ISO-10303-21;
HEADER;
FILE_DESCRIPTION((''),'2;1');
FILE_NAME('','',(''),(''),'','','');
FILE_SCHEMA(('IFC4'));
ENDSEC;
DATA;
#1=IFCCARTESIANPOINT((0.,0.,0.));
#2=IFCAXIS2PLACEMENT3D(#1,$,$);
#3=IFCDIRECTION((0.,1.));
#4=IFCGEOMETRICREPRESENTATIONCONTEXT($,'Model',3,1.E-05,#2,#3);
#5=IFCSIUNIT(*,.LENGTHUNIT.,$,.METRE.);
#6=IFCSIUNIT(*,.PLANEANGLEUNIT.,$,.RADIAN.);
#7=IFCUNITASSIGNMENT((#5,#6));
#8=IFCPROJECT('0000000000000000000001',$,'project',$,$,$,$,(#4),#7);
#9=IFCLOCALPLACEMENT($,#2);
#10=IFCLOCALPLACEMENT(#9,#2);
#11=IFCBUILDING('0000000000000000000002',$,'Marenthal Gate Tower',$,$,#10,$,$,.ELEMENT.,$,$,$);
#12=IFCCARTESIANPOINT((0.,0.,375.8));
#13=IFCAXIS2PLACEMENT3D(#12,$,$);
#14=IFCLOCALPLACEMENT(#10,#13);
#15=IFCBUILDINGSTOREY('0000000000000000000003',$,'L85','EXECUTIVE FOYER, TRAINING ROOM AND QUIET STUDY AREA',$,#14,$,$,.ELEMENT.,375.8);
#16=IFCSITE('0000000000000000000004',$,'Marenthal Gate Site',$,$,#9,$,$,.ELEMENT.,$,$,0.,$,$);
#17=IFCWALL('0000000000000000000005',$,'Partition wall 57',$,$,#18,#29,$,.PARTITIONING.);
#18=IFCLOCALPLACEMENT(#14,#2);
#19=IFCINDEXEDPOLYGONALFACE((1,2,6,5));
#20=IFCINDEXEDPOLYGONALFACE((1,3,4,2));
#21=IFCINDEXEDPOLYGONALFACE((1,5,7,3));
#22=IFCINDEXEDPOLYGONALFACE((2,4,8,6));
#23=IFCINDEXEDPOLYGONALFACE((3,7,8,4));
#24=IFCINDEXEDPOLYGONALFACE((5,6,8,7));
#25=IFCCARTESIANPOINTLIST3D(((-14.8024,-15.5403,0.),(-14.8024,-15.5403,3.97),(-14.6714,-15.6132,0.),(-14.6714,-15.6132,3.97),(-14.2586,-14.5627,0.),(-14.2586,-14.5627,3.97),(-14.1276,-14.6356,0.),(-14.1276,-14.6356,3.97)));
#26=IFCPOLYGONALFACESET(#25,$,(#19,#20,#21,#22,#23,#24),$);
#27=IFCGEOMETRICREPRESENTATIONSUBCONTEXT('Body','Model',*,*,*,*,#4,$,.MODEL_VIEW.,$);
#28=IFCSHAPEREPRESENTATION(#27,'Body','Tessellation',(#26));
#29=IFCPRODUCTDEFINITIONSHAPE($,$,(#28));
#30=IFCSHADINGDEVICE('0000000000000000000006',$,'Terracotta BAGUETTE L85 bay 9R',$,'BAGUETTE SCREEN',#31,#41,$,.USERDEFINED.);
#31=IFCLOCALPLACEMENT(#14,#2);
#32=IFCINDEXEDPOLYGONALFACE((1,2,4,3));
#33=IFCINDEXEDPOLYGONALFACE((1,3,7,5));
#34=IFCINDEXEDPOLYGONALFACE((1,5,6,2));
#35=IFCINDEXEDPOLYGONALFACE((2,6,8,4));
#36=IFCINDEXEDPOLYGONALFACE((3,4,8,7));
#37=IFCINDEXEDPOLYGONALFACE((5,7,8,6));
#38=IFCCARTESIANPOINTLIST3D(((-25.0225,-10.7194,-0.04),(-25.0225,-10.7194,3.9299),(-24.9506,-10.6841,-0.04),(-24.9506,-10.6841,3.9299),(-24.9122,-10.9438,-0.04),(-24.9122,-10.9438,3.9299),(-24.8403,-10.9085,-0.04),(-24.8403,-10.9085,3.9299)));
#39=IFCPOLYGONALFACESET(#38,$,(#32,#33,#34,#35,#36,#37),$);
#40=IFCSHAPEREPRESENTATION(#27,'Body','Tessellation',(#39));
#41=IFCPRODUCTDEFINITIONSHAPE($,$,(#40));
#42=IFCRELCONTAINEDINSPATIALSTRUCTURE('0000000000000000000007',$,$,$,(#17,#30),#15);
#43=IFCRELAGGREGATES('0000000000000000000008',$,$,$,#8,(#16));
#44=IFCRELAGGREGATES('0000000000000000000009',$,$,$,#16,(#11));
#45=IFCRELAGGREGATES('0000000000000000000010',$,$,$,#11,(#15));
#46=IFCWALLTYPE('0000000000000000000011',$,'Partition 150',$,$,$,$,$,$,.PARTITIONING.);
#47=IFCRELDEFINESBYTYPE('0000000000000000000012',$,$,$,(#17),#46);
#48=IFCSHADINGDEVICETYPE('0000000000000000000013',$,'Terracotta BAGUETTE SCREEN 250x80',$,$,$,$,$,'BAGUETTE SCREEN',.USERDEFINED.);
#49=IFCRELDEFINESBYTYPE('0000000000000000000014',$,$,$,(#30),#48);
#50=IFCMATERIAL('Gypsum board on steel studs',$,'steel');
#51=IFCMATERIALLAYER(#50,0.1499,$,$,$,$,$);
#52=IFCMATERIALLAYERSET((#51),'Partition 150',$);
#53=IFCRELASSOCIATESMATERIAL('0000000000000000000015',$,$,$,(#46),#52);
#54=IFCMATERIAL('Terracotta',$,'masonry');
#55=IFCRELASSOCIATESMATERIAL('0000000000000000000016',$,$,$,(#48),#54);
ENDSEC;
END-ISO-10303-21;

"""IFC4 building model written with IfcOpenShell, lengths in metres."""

from ifc_helpers import new_model, si_unit, direction, frame, frame_2d, origin, origin_2d, place, context, subcontext, project, spatial, rectangle, extrude, material, layer, layer_set, material_profile, profile_set, type_object, element, save


model = new_model("IFC4")

# Units and contexts
model_context = context("Model", 3, precision=1e-05, world=origin(), true_north=direction((0.0, 1.0)))
body_context = subcontext(model_context, "Body", "Model", "MODEL_VIEW")
ifc_project = project(units=[si_unit("LENGTHUNIT", "METRE"), si_unit("PLANEANGLEUNIT", "RADIAN")], contexts=[model_context])

# Site, building, storey
site_placement = place(None, origin())
site = spatial("IfcSite", under=ifc_project, at=site_placement, Name="Marenthal Gate Site", CompositionType="ELEMENT", RefElevation=0.0)
building_placement = place(site_placement, origin())
building = spatial("IfcBuilding", under=site, at=building_placement, Name="Marenthal Gate Tower", CompositionType="ELEMENT")
storey_placement = place(building_placement, frame((0.0, 0.0, 375.8)))
storey = spatial("IfcBuildingStorey", under=building, at=storey_placement, Name="L85", Description="EXECUTIVE FOYER, TRAINING ROOM AND QUIET STUDY AREA", CompositionType="ELEMENT", Elevation=375.8)

# Shared definitions
ifc_material_1 = material(Name="Gypsum board on steel studs", Category="steel")
ifc_layer_1 = layer(ifc_material_1, 0.1499)
ifc_layer_set_1 = layer_set([ifc_layer_1], Name="Partition 150")
wall_type_1 = type_object("IfcWallType", Name="Partition 150", PredefinedType="PARTITIONING", material=ifc_layer_set_1)

# Wall
wall_1_placement = place(storey_placement, frame((-14.1931, -14.5991, 0.0), z_axis=(0.0, 0.0, 1.0), x_axis=(-0.486069, -0.87392, 0.0)))
element("IfcWall", 1, at=wall_1_placement, inside=storey, type_object=wall_type_1, Name="Partition wall 57", PredefinedType="PARTITIONING", context=body_context, shape_type="SweptSolid", body=[
    extrude(rectangle(XDim=1.1187, YDim=0.1499, at=frame_2d((0.5593, 0.0))), origin(), (0.0, 0.0, 1.0), 3.97),
])

# Shading device
ifc_material_2 = material(Name="Terracotta", Category="masonry")
ifc_material_profile_1 = material_profile(ifc_material_2, rectangle(XDim=0.25, YDim=0.0801, at=origin_2d()), Name="Terracotta baguette 250x80")
ifc_profile_set_1 = profile_set([ifc_material_profile_1], Name="Terracotta")
shading_device_type = type_object("IfcShadingDeviceType", Name="Terracotta BAGUETTE SCREEN 250x80", ElementType="BAGUETTE SCREEN", PredefinedType="USERDEFINED", material=ifc_profile_set_1)
shading_device_placement = place(storey_placement, frame((-24.9314, -10.814, -0.04), z_axis=(0.0, 0.0, 1.0), x_axis=(0.440939, -0.897537, 0.0)))
element("IfcShadingDevice", 2, at=shading_device_placement, inside=storey, type_object=shading_device_type, Name="Terracotta BAGUETTE L85 bay 9R", ObjectType="BAGUETTE SCREEN", PredefinedType="USERDEFINED", context=body_context, shape_type="SweptSolid", body=[
    extrude(rectangle(XDim=0.25, YDim=0.0801, at=origin_2d()), origin(), (0.0, 0.0, 1.0), 3.97),
])

save(model, "model.ifc")
